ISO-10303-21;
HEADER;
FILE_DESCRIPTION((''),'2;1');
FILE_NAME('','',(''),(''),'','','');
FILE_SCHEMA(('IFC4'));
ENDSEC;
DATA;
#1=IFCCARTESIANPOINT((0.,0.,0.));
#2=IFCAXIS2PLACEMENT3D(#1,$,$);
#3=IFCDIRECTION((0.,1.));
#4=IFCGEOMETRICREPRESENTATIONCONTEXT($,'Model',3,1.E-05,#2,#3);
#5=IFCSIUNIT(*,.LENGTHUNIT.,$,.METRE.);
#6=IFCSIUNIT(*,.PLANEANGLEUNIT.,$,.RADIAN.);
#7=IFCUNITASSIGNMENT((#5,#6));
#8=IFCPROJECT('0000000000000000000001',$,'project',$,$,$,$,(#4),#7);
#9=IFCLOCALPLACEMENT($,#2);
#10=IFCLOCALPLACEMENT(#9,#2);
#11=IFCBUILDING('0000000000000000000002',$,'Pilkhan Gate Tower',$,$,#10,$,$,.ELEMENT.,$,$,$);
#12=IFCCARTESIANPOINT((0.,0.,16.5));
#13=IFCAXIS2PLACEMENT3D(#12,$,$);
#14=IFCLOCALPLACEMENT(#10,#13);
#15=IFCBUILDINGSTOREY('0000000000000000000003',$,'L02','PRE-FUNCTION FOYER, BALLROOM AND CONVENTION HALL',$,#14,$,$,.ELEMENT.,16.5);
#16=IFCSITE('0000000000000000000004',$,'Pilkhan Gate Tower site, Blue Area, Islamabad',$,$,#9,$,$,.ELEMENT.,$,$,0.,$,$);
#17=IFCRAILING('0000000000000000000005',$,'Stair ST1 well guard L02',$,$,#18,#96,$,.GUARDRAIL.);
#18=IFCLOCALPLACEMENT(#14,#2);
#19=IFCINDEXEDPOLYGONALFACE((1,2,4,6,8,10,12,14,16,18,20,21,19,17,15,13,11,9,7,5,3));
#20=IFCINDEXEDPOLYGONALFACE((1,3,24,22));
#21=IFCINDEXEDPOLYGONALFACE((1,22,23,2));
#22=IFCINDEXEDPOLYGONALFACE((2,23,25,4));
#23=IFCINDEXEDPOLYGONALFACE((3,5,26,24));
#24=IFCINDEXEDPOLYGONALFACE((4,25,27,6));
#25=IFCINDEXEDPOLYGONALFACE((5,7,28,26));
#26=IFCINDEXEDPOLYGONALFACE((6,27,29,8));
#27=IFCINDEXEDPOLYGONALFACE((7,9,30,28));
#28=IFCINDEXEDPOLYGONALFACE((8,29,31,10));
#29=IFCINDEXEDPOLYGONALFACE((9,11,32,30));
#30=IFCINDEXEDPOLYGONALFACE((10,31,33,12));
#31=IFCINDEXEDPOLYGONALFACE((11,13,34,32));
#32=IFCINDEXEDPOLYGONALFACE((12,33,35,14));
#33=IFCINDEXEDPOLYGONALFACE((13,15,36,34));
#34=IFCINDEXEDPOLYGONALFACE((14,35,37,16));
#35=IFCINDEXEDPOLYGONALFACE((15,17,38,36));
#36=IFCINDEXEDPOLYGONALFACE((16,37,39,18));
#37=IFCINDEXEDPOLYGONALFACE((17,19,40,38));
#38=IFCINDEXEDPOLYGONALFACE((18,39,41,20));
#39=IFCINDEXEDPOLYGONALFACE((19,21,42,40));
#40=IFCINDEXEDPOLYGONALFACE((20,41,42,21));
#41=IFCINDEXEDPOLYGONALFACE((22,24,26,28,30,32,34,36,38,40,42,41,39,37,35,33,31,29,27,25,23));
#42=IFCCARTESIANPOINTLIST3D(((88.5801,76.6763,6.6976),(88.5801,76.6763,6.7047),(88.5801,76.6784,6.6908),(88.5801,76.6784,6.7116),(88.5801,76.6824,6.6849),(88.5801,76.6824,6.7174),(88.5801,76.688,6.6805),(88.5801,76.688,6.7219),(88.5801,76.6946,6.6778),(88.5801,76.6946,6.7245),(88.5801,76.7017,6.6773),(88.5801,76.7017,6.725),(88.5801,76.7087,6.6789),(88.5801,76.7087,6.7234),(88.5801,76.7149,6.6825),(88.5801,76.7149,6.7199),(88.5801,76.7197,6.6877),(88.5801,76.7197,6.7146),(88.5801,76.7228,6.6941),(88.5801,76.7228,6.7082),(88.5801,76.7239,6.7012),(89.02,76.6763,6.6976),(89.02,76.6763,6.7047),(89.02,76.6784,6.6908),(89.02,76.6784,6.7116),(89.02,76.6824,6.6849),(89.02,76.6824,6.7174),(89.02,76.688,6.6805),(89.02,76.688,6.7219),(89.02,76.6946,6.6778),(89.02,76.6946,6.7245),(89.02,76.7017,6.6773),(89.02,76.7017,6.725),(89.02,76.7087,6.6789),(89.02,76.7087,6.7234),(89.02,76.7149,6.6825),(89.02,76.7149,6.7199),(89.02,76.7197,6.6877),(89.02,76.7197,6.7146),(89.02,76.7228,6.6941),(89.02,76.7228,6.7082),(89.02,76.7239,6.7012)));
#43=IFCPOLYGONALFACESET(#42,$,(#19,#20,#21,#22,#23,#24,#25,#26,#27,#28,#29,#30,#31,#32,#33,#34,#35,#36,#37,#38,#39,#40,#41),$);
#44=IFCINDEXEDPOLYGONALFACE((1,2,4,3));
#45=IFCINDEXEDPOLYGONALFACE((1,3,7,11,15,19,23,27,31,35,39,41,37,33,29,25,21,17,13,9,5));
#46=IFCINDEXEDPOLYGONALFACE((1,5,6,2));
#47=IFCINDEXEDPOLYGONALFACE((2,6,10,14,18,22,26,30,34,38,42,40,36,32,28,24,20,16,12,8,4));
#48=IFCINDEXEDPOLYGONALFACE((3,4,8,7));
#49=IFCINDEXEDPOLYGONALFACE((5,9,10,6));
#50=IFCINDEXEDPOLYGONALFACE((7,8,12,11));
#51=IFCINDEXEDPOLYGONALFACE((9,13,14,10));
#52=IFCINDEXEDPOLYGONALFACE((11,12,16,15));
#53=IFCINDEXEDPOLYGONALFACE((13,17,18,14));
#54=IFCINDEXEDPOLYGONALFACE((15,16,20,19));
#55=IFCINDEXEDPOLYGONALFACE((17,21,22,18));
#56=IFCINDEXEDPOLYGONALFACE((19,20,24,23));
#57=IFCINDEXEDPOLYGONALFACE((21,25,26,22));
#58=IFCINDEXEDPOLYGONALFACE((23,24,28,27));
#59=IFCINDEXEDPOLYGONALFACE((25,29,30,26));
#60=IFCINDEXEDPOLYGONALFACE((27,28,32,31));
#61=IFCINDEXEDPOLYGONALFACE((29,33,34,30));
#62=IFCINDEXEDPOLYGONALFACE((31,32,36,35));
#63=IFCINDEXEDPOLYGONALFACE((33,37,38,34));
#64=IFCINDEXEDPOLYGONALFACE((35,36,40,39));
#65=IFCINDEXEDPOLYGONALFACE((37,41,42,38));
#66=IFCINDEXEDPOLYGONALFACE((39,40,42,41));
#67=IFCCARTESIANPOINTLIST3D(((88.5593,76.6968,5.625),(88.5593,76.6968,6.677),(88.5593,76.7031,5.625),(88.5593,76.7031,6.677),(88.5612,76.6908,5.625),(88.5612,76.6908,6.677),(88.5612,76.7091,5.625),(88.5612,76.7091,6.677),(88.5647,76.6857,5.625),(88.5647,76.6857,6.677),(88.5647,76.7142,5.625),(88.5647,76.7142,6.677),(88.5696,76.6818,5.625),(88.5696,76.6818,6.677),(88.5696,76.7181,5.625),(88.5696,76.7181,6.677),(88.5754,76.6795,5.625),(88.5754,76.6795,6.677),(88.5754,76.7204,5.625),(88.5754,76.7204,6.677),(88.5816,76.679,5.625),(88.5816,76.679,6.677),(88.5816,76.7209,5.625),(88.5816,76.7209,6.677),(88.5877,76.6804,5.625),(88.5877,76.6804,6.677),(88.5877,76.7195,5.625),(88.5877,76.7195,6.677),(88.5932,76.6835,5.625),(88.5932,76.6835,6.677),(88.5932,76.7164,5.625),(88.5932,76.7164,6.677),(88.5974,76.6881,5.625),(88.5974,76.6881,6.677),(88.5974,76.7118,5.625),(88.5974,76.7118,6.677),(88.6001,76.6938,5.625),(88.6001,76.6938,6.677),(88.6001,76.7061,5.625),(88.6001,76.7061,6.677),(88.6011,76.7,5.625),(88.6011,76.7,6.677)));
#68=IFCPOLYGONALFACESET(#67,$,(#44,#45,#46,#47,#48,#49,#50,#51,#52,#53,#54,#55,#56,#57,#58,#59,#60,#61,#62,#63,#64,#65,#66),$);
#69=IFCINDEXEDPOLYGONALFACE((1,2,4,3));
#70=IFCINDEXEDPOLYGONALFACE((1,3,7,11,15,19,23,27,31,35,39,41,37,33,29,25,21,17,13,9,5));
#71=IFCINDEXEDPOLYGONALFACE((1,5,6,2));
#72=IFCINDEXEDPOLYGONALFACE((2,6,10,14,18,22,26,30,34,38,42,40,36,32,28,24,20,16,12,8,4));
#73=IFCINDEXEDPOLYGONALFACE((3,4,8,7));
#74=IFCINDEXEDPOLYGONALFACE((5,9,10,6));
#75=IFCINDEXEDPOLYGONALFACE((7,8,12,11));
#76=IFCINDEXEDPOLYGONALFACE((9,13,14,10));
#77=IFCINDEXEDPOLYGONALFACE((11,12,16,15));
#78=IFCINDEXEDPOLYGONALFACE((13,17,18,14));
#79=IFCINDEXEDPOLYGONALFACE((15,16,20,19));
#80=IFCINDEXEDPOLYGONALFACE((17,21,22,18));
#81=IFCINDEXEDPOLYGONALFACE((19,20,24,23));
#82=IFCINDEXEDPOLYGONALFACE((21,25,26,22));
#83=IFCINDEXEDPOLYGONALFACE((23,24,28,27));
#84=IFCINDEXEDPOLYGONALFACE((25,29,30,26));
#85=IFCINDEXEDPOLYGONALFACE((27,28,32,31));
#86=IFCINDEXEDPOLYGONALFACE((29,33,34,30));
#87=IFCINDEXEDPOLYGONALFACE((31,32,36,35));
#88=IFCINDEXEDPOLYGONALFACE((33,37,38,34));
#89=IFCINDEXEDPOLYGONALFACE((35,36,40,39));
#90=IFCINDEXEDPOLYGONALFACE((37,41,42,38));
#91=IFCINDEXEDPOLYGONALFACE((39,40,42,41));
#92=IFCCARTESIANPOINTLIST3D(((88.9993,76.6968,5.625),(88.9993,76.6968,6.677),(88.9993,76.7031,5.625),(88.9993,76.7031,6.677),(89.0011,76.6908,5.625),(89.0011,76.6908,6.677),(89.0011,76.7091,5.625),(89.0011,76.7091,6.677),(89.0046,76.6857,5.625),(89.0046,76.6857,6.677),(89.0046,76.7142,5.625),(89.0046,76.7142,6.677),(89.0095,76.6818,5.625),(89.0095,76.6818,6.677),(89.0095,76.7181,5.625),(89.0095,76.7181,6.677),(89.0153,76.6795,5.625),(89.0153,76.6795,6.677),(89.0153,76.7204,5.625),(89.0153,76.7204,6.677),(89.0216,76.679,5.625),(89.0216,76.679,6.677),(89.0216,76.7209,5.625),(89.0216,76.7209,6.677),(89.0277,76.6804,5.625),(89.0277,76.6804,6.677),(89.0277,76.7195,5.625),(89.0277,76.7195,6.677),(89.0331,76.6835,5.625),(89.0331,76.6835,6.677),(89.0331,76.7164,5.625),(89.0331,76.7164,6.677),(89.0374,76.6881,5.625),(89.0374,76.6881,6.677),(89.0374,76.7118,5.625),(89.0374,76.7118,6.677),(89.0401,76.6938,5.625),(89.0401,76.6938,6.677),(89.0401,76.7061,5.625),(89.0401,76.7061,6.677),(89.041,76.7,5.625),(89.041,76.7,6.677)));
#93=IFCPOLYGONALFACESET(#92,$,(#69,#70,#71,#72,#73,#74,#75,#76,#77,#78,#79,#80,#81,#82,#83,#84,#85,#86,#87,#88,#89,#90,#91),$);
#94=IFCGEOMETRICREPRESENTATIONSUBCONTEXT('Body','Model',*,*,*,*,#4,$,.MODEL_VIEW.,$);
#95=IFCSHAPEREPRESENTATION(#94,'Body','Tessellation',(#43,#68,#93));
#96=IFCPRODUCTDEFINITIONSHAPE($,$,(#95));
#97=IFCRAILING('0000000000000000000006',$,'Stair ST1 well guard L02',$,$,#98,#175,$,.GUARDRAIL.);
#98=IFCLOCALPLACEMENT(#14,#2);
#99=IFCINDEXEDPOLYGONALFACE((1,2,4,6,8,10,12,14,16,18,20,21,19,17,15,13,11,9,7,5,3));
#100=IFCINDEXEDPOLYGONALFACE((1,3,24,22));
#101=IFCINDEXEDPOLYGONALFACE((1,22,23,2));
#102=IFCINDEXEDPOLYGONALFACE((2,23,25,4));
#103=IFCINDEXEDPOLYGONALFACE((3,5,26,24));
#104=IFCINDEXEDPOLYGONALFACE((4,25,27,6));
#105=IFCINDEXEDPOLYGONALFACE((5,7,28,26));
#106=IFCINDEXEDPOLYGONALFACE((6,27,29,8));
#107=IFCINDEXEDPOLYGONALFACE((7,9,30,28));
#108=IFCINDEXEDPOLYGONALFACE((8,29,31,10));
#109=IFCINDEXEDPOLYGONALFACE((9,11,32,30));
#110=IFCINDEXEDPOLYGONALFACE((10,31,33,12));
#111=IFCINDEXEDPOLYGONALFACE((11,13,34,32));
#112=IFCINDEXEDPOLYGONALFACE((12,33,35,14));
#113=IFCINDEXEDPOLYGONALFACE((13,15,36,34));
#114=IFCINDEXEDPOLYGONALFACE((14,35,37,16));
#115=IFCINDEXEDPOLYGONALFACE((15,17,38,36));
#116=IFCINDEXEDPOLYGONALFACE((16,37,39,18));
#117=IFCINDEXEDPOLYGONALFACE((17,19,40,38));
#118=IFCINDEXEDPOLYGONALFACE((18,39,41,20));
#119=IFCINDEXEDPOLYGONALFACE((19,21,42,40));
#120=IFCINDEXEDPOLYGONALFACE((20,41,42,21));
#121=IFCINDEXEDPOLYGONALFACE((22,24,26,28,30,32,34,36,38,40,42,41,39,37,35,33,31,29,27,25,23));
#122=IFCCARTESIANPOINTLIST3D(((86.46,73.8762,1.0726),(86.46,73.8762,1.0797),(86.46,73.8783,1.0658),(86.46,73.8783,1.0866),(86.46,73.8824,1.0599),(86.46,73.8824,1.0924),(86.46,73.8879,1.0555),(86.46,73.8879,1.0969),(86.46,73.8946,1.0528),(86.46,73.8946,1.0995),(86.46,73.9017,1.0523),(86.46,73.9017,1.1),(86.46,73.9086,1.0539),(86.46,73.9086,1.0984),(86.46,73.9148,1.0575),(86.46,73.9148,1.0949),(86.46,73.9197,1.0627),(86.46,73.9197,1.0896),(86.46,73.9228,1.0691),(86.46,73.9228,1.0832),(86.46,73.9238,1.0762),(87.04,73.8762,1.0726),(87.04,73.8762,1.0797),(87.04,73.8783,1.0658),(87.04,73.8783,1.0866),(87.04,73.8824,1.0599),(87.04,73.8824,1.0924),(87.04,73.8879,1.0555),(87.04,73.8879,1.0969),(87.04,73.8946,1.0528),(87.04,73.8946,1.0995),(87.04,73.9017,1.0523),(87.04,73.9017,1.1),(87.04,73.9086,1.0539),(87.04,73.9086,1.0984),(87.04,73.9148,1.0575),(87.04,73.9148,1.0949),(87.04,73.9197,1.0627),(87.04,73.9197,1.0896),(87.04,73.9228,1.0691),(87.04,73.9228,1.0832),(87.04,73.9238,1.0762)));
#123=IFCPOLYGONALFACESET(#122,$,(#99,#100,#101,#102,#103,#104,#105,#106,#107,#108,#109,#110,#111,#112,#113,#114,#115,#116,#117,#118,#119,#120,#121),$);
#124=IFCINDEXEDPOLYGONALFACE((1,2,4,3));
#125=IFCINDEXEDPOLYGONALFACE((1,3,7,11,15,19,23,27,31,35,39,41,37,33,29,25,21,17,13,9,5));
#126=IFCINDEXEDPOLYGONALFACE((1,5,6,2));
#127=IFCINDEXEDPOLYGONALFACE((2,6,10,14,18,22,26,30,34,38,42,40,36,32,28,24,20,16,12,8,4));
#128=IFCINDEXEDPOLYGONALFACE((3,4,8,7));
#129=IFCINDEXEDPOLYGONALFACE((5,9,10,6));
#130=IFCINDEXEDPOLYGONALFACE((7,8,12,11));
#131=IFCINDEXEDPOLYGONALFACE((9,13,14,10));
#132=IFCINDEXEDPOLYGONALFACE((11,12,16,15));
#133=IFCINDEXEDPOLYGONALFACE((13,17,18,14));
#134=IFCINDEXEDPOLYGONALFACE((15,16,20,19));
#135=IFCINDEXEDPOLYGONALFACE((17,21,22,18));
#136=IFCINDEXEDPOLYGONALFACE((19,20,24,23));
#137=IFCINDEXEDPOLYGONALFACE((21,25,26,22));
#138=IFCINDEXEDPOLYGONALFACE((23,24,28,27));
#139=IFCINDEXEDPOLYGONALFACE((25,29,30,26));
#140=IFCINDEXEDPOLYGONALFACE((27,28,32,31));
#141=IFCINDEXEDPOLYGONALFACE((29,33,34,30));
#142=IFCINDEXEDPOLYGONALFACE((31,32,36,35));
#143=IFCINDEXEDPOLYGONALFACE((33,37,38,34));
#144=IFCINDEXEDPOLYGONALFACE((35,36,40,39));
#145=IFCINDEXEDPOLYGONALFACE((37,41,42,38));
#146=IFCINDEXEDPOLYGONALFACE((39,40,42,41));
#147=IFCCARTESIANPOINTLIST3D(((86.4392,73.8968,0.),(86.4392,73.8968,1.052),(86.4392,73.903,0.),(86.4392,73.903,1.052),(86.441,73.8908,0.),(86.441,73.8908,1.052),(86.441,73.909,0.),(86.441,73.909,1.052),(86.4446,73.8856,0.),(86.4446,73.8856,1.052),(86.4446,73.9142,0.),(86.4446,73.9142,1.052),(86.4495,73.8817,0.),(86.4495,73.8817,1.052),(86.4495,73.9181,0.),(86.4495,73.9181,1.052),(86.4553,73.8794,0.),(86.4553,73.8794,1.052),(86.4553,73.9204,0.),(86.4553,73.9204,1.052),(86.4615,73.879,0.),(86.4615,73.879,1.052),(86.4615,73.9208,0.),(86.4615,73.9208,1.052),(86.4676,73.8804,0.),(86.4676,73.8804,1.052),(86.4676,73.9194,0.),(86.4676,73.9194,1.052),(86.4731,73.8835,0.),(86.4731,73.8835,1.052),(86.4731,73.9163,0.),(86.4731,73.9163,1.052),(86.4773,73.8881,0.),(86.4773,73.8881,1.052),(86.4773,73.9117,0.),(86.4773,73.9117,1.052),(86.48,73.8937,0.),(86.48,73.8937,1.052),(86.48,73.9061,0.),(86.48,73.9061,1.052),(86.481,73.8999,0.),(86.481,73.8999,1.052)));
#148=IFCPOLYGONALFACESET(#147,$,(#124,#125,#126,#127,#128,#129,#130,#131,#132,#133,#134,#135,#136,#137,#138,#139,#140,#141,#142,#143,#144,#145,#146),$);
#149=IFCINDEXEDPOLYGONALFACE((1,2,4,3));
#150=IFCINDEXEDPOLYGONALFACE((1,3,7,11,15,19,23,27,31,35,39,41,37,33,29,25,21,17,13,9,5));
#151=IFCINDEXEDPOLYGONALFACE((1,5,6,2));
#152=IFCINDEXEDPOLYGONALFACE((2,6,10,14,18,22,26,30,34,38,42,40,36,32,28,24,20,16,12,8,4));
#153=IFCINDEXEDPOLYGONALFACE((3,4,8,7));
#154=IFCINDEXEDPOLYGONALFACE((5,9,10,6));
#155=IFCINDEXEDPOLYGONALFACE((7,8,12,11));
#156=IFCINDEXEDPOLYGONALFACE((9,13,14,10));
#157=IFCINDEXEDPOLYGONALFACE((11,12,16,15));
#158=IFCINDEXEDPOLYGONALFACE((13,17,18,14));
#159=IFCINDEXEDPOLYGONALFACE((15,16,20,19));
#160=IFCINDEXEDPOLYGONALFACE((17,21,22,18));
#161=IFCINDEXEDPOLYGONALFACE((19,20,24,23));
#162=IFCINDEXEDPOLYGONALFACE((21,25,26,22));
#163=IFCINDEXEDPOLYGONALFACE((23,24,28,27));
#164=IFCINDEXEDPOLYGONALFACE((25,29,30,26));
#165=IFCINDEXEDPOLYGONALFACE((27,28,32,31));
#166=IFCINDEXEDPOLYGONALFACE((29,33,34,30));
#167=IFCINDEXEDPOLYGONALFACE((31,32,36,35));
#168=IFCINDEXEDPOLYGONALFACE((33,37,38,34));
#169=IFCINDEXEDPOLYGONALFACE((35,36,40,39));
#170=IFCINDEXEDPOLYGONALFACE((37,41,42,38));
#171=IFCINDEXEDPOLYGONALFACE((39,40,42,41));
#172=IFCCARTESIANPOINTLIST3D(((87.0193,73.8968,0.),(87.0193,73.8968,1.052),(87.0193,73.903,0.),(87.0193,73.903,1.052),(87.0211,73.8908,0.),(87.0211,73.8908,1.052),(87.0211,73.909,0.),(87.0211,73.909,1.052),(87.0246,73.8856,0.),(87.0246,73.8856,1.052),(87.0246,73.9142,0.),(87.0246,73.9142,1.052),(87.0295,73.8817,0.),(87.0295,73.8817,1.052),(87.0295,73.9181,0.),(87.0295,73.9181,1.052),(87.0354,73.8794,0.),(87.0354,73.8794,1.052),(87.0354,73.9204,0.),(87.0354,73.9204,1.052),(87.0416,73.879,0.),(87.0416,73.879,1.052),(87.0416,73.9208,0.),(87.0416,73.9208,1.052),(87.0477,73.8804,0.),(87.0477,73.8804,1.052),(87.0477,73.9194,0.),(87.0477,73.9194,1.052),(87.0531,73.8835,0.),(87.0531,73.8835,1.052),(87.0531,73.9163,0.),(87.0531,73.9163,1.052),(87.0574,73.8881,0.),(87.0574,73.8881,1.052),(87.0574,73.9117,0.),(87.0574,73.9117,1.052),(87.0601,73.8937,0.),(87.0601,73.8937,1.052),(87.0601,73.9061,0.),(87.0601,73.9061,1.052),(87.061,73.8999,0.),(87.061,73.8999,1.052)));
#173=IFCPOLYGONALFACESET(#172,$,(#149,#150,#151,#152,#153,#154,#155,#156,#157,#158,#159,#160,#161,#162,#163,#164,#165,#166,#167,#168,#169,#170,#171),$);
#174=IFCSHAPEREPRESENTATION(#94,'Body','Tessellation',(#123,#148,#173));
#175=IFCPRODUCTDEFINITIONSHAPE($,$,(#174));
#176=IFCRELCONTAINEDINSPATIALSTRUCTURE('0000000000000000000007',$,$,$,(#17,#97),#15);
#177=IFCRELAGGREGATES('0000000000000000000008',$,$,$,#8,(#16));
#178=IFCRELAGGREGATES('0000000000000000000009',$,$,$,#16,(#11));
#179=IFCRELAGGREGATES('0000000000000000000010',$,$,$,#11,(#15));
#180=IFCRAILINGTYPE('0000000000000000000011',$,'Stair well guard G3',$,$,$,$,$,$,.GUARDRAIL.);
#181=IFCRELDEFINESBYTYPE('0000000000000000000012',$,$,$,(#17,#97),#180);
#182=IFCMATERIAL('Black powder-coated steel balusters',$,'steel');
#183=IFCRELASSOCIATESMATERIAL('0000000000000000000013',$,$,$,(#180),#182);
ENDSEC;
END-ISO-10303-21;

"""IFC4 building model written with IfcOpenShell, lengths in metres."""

from ifc_helpers import new_model, si_unit, direction, frame, origin, origin_2d, place, context, subcontext, project, spatial, circle, extrude, material, type_object, element, save


model = new_model("IFC4")

# Units and contexts
model_context = context("Model", 3, precision=1e-05, world=origin(), true_north=direction((0.0, 1.0)))
body_context = subcontext(model_context, "Body", "Model", "MODEL_VIEW")
ifc_project = project(units=[si_unit("LENGTHUNIT", "METRE"), si_unit("PLANEANGLEUNIT", "RADIAN")], contexts=[model_context])

# Site, building, storey
site_placement = place(None, origin())
site = spatial("IfcSite", under=ifc_project, at=site_placement, Name="Pilkhan Gate Tower site, Blue Area, Islamabad", CompositionType="ELEMENT", RefElevation=0.0)
building_placement = place(site_placement, origin())
building = spatial("IfcBuilding", under=site, at=building_placement, Name="Pilkhan Gate Tower", CompositionType="ELEMENT")
storey_placement = place(building_placement, frame((0.0, 0.0, 16.5)))
storey = spatial("IfcBuildingStorey", under=building, at=storey_placement, Name="L02", Description="PRE-FUNCTION FOYER, BALLROOM AND CONVENTION HALL", CompositionType="ELEMENT", Elevation=16.5)

# Railings
ifc_material_1 = material(Name="Black powder-coated steel balusters", Category="steel")
railing_type_1 = type_object("IfcRailingType", Name="Stair well guard G3", PredefinedType="GUARDRAIL", material=ifc_material_1)
for number, where, name in (
    (1, (88.5801, 76.7, 5.625), "Stair ST1 well guard L02"),
):
    element("IfcRailing", number, at=place(storey_placement, frame(where)), inside=storey, type_object=railing_type_1, Name=name, PredefinedType="GUARDRAIL", context=body_context, shape_type="SweptSolid", body=[
        extrude(circle(Radius=0.0239, at=origin_2d()), frame((0.0, 0.0, 1.0762), z_axis=(1.0, 0.0, 0.0), x_axis=(0.0, 1.0, 0.0)), (0.0, 0.0, 1.0), 0.4399),
        extrude(circle(Radius=0.021, at=origin_2d()), origin(), (0.0, 0.0, 1.0), 1.052),
        extrude(circle(Radius=0.021, at=origin_2d()), frame((0.4399, 0.0, 0.0)), (0.0, 0.0, 1.0), 1.052),
    ])
for number, where, name in (
    (2, (86.46, 73.8999, 0.0), "Stair ST1 well guard L02"),
):
    element("IfcRailing", number, at=place(storey_placement, frame(where)), inside=storey, type_object=railing_type_1, Name=name, PredefinedType="GUARDRAIL", context=body_context, shape_type="SweptSolid", body=[
        extrude(circle(Radius=0.0239, at=origin_2d()), frame((0.0, 0.0, 1.0762), z_axis=(1.0, 0.0, 0.0), x_axis=(0.0, 1.0, 0.0)), (0.0, 0.0, 1.0), 0.5801),
        extrude(circle(Radius=0.021, at=origin_2d()), origin(), (0.0, 0.0, 1.0), 1.052),
        extrude(circle(Radius=0.021, at=origin_2d()), frame((0.5801, 0.0, 0.0)), (0.0, 0.0, 1.0), 1.052),
    ])

save(model, "model.ifc")
